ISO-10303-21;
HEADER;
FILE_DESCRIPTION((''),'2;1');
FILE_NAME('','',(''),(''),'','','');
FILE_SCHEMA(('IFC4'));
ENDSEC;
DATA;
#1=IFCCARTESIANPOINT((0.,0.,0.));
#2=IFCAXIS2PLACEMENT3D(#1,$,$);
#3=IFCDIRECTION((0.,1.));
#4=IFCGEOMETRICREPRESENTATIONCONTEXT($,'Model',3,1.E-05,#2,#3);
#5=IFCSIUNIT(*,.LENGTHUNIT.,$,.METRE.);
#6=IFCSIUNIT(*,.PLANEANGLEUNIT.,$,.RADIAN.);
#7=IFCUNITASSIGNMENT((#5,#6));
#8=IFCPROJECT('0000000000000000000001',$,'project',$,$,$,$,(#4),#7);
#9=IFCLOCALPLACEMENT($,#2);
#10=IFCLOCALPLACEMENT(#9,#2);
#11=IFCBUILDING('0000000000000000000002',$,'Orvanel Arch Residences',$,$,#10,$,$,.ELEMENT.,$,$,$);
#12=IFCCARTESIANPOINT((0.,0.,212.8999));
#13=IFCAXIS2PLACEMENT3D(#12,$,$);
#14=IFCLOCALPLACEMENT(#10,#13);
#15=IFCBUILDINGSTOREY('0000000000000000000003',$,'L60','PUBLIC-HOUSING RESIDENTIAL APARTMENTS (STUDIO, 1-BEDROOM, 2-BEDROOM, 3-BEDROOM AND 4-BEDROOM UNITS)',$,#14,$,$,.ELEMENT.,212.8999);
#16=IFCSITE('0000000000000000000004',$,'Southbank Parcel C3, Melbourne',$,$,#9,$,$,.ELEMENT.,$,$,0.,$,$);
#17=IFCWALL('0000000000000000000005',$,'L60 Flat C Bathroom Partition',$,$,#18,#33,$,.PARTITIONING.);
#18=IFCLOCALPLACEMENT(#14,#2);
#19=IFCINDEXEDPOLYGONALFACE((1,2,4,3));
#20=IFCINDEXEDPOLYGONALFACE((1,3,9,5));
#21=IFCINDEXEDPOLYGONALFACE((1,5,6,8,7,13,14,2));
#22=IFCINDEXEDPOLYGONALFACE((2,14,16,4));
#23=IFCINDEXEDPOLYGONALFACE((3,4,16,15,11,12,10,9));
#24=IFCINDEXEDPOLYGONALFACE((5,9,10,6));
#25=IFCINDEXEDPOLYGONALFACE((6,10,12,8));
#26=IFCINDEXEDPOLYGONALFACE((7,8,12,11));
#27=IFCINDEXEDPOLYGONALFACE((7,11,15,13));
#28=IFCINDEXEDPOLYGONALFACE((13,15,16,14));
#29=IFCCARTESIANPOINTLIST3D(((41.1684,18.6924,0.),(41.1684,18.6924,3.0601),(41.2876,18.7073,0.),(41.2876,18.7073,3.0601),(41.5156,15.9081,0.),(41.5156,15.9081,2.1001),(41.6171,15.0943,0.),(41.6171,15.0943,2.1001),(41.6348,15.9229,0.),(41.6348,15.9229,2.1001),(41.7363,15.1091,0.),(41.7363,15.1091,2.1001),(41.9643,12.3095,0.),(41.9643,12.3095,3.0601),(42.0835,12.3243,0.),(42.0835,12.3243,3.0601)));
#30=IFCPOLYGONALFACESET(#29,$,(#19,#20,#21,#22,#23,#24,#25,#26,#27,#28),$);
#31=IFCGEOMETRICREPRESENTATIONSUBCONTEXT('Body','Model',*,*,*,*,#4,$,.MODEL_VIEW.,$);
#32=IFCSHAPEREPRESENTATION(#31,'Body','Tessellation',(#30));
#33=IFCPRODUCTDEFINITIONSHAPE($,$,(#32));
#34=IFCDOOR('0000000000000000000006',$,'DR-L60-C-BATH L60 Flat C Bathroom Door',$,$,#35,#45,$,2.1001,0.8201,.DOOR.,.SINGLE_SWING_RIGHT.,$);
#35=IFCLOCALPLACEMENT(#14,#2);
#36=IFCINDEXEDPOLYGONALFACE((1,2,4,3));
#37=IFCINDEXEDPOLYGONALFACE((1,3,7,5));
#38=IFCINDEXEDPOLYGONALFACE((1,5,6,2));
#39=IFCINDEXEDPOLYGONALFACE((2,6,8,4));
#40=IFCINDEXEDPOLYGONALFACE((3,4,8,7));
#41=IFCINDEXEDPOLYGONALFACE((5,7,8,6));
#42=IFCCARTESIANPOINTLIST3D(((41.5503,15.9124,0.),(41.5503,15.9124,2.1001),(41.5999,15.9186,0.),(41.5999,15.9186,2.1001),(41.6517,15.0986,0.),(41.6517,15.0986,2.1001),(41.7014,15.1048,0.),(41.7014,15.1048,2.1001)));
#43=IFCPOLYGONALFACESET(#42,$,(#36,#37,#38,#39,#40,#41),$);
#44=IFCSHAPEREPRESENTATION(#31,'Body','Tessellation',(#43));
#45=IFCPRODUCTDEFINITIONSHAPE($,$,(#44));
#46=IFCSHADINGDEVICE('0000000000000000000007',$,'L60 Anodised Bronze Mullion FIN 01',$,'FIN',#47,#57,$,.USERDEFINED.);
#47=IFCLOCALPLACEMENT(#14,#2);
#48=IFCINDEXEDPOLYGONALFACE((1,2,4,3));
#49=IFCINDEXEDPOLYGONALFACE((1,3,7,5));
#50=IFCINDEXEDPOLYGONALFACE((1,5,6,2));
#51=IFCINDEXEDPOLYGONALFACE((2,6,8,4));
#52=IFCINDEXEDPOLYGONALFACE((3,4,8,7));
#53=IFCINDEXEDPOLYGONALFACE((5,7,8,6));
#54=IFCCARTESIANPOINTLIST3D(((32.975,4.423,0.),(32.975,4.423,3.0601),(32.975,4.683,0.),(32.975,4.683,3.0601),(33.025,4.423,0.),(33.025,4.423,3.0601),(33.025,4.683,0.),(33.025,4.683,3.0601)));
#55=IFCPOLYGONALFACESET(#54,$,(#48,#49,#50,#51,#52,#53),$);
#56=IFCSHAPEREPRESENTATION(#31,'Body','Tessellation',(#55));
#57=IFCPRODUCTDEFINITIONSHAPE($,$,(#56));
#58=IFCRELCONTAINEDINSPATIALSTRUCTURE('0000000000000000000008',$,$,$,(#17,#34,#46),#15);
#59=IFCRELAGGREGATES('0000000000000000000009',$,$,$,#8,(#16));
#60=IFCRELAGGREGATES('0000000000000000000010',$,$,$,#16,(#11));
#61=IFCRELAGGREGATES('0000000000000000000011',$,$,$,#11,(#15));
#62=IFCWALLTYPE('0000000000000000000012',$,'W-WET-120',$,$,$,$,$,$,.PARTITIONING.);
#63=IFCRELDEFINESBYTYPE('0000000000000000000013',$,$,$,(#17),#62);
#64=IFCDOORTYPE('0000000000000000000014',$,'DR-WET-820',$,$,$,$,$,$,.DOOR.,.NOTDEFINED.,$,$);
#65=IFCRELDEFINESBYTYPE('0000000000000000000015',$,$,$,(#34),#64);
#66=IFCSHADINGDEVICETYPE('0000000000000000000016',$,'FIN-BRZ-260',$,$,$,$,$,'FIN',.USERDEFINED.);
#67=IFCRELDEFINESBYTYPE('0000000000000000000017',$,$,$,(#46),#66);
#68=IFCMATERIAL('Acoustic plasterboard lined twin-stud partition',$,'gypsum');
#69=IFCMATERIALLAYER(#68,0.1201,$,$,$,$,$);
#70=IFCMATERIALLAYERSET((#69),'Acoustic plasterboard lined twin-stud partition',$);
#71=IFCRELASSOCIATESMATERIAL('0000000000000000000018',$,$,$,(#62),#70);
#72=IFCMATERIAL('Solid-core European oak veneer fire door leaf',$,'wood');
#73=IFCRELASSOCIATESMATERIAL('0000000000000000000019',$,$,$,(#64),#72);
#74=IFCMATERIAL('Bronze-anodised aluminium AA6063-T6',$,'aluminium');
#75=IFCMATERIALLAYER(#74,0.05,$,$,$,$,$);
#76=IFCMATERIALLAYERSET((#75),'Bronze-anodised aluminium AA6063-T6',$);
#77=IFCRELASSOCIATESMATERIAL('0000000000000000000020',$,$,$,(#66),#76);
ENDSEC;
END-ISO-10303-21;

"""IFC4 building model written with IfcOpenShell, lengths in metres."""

from ifc_helpers import new_model, si_unit, direction, frame, frame_2d, origin, origin_2d, place, context, subcontext, project, spatial, rectangle, extrude, material, layer, layer_set, type_object, element, fill, save


model = new_model("IFC4")

# Units and contexts
model_context = context("Model", 3, precision=1e-05, world=origin(), true_north=direction((0.0, 1.0)))
body_context = subcontext(model_context, "Body", "Model", "MODEL_VIEW")
ifc_project = project(units=[si_unit("LENGTHUNIT", "METRE"), si_unit("PLANEANGLEUNIT", "RADIAN")], contexts=[model_context])

# Site, building, storey
site_placement = place(None, origin())
site = spatial("IfcSite", under=ifc_project, at=site_placement, Name="Southbank Parcel C3, Melbourne", CompositionType="ELEMENT", RefElevation=0.0)
building_placement = place(site_placement, origin())
building = spatial("IfcBuilding", under=site, at=building_placement, Name="Orvanel Arch Residences", CompositionType="ELEMENT")
storey_placement = place(building_placement, frame((0.0, 0.0, 212.8999)))
storey = spatial("IfcBuildingStorey", under=building, at=storey_placement, Name="L60", Description="PUBLIC-HOUSING RESIDENTIAL APARTMENTS (STUDIO, 1-BEDROOM, 2-BEDROOM, 3-BEDROOM AND 4-BEDROOM UNITS)", CompositionType="ELEMENT", Elevation=212.8999)

# Shared definitions
ifc_material_1 = material(Name="Bronze-anodised aluminium AA6063-T6", Category="aluminium")

# Shared definitions
ifc_material_2 = material(Name="Acoustic plasterboard lined twin-stud partition", Category="gypsum")
ifc_layer_1 = layer(ifc_material_2, 0.1201)
ifc_layer_set_1 = layer_set([ifc_layer_1], Name="Acoustic plasterboard lined twin-stud partition")
wall_type_1 = type_object("IfcWallType", Name="W-WET-120", PredefinedType="PARTITIONING", material=ifc_layer_set_1)

# Wall, opening, door
wall_1_placement = place(storey_placement, frame((41.228, 18.7, 0.0), z_axis=(0.0, 0.0, 1.0), x_axis=(0.123731, -0.992316, 0.0)))
wall_1 = element("IfcWall", 1, at=wall_1_placement, inside=storey, type_object=wall_type_1, Name="L60 Flat C Bathroom Partition", PredefinedType="PARTITIONING", context=body_context, shape_type="SweptSolid", body=[
    extrude(rectangle(XDim=6.4324, YDim=0.1201, at=frame_2d((3.2163, 0.0))), origin(), (0.0, 0.0, 1.0), 3.0601),
])
opening_placement = place(wall_1_placement, frame((2.8059, 0.0, 0.0)))
opening = element("IfcOpeningElement", 2, at=opening_placement, cuts=wall_1, PredefinedType="OPENING", context=body_context, shape_type="SweptSolid", body=[
    extrude(rectangle(XDim=0.8201, YDim=2.1001, at=frame_2d((0.4102, 1.05))), frame((0.0, 0.0701, 0.0), z_axis=(0.0, -1.0, 0.0), x_axis=(1.0, 0.0, 0.0)), (0.0, 0.0, 1.0), 0.1401),
])
ifc_material_3 = material(Name="Solid-core European oak veneer fire door leaf", Category="wood")
door_type = type_object("IfcDoorType", Name="DR-WET-820", OperationType="NOTDEFINED", PredefinedType="DOOR", material=ifc_material_3)
door_placement = place(opening_placement, origin())
door = element("IfcDoor", 3, at=door_placement, inside=storey, type_object=door_type, Name="DR-L60-C-BATH L60 Flat C Bathroom Door", OperationType="SINGLE_SWING_RIGHT", OverallHeight=2.1001, OverallWidth=0.8201, PredefinedType="DOOR", context=body_context, shape_type="SweptSolid", body=[
    extrude(rectangle(XDim=0.8201, YDim=2.1001, at=frame_2d((0.4102, 1.05))), frame((0.0, 0.0249, 0.0), z_axis=(0.0, -1.0, 0.0), x_axis=(1.0, 0.0, 0.0)), (0.0, 0.0, 1.0), 0.05),
])
fill(opening, door)

# Shading device
ifc_layer_2 = layer(ifc_material_1, 0.05)
ifc_layer_set_2 = layer_set([ifc_layer_2], Name="Bronze-anodised aluminium AA6063-T6")
shading_device_type = type_object("IfcShadingDeviceType", Name="FIN-BRZ-260", ElementType="FIN", PredefinedType="USERDEFINED", material=ifc_layer_set_2)
shading_device_placement = place(storey_placement, frame((33.0, 4.553, 0.0), z_axis=(0.0, 0.0, 1.0), x_axis=(0.0, -1.0, 0.0)))
element("IfcShadingDevice", 4, at=shading_device_placement, inside=storey, type_object=shading_device_type, Name="L60 Anodised Bronze Mullion FIN 01", ObjectType="FIN", PredefinedType="USERDEFINED", context=body_context, shape_type="SweptSolid", body=[
    extrude(rectangle(XDim=0.26, YDim=0.05, at=origin_2d()), origin(), (0.0, 0.0, 1.0), 3.0601),
])

save(model, "model.ifc")
